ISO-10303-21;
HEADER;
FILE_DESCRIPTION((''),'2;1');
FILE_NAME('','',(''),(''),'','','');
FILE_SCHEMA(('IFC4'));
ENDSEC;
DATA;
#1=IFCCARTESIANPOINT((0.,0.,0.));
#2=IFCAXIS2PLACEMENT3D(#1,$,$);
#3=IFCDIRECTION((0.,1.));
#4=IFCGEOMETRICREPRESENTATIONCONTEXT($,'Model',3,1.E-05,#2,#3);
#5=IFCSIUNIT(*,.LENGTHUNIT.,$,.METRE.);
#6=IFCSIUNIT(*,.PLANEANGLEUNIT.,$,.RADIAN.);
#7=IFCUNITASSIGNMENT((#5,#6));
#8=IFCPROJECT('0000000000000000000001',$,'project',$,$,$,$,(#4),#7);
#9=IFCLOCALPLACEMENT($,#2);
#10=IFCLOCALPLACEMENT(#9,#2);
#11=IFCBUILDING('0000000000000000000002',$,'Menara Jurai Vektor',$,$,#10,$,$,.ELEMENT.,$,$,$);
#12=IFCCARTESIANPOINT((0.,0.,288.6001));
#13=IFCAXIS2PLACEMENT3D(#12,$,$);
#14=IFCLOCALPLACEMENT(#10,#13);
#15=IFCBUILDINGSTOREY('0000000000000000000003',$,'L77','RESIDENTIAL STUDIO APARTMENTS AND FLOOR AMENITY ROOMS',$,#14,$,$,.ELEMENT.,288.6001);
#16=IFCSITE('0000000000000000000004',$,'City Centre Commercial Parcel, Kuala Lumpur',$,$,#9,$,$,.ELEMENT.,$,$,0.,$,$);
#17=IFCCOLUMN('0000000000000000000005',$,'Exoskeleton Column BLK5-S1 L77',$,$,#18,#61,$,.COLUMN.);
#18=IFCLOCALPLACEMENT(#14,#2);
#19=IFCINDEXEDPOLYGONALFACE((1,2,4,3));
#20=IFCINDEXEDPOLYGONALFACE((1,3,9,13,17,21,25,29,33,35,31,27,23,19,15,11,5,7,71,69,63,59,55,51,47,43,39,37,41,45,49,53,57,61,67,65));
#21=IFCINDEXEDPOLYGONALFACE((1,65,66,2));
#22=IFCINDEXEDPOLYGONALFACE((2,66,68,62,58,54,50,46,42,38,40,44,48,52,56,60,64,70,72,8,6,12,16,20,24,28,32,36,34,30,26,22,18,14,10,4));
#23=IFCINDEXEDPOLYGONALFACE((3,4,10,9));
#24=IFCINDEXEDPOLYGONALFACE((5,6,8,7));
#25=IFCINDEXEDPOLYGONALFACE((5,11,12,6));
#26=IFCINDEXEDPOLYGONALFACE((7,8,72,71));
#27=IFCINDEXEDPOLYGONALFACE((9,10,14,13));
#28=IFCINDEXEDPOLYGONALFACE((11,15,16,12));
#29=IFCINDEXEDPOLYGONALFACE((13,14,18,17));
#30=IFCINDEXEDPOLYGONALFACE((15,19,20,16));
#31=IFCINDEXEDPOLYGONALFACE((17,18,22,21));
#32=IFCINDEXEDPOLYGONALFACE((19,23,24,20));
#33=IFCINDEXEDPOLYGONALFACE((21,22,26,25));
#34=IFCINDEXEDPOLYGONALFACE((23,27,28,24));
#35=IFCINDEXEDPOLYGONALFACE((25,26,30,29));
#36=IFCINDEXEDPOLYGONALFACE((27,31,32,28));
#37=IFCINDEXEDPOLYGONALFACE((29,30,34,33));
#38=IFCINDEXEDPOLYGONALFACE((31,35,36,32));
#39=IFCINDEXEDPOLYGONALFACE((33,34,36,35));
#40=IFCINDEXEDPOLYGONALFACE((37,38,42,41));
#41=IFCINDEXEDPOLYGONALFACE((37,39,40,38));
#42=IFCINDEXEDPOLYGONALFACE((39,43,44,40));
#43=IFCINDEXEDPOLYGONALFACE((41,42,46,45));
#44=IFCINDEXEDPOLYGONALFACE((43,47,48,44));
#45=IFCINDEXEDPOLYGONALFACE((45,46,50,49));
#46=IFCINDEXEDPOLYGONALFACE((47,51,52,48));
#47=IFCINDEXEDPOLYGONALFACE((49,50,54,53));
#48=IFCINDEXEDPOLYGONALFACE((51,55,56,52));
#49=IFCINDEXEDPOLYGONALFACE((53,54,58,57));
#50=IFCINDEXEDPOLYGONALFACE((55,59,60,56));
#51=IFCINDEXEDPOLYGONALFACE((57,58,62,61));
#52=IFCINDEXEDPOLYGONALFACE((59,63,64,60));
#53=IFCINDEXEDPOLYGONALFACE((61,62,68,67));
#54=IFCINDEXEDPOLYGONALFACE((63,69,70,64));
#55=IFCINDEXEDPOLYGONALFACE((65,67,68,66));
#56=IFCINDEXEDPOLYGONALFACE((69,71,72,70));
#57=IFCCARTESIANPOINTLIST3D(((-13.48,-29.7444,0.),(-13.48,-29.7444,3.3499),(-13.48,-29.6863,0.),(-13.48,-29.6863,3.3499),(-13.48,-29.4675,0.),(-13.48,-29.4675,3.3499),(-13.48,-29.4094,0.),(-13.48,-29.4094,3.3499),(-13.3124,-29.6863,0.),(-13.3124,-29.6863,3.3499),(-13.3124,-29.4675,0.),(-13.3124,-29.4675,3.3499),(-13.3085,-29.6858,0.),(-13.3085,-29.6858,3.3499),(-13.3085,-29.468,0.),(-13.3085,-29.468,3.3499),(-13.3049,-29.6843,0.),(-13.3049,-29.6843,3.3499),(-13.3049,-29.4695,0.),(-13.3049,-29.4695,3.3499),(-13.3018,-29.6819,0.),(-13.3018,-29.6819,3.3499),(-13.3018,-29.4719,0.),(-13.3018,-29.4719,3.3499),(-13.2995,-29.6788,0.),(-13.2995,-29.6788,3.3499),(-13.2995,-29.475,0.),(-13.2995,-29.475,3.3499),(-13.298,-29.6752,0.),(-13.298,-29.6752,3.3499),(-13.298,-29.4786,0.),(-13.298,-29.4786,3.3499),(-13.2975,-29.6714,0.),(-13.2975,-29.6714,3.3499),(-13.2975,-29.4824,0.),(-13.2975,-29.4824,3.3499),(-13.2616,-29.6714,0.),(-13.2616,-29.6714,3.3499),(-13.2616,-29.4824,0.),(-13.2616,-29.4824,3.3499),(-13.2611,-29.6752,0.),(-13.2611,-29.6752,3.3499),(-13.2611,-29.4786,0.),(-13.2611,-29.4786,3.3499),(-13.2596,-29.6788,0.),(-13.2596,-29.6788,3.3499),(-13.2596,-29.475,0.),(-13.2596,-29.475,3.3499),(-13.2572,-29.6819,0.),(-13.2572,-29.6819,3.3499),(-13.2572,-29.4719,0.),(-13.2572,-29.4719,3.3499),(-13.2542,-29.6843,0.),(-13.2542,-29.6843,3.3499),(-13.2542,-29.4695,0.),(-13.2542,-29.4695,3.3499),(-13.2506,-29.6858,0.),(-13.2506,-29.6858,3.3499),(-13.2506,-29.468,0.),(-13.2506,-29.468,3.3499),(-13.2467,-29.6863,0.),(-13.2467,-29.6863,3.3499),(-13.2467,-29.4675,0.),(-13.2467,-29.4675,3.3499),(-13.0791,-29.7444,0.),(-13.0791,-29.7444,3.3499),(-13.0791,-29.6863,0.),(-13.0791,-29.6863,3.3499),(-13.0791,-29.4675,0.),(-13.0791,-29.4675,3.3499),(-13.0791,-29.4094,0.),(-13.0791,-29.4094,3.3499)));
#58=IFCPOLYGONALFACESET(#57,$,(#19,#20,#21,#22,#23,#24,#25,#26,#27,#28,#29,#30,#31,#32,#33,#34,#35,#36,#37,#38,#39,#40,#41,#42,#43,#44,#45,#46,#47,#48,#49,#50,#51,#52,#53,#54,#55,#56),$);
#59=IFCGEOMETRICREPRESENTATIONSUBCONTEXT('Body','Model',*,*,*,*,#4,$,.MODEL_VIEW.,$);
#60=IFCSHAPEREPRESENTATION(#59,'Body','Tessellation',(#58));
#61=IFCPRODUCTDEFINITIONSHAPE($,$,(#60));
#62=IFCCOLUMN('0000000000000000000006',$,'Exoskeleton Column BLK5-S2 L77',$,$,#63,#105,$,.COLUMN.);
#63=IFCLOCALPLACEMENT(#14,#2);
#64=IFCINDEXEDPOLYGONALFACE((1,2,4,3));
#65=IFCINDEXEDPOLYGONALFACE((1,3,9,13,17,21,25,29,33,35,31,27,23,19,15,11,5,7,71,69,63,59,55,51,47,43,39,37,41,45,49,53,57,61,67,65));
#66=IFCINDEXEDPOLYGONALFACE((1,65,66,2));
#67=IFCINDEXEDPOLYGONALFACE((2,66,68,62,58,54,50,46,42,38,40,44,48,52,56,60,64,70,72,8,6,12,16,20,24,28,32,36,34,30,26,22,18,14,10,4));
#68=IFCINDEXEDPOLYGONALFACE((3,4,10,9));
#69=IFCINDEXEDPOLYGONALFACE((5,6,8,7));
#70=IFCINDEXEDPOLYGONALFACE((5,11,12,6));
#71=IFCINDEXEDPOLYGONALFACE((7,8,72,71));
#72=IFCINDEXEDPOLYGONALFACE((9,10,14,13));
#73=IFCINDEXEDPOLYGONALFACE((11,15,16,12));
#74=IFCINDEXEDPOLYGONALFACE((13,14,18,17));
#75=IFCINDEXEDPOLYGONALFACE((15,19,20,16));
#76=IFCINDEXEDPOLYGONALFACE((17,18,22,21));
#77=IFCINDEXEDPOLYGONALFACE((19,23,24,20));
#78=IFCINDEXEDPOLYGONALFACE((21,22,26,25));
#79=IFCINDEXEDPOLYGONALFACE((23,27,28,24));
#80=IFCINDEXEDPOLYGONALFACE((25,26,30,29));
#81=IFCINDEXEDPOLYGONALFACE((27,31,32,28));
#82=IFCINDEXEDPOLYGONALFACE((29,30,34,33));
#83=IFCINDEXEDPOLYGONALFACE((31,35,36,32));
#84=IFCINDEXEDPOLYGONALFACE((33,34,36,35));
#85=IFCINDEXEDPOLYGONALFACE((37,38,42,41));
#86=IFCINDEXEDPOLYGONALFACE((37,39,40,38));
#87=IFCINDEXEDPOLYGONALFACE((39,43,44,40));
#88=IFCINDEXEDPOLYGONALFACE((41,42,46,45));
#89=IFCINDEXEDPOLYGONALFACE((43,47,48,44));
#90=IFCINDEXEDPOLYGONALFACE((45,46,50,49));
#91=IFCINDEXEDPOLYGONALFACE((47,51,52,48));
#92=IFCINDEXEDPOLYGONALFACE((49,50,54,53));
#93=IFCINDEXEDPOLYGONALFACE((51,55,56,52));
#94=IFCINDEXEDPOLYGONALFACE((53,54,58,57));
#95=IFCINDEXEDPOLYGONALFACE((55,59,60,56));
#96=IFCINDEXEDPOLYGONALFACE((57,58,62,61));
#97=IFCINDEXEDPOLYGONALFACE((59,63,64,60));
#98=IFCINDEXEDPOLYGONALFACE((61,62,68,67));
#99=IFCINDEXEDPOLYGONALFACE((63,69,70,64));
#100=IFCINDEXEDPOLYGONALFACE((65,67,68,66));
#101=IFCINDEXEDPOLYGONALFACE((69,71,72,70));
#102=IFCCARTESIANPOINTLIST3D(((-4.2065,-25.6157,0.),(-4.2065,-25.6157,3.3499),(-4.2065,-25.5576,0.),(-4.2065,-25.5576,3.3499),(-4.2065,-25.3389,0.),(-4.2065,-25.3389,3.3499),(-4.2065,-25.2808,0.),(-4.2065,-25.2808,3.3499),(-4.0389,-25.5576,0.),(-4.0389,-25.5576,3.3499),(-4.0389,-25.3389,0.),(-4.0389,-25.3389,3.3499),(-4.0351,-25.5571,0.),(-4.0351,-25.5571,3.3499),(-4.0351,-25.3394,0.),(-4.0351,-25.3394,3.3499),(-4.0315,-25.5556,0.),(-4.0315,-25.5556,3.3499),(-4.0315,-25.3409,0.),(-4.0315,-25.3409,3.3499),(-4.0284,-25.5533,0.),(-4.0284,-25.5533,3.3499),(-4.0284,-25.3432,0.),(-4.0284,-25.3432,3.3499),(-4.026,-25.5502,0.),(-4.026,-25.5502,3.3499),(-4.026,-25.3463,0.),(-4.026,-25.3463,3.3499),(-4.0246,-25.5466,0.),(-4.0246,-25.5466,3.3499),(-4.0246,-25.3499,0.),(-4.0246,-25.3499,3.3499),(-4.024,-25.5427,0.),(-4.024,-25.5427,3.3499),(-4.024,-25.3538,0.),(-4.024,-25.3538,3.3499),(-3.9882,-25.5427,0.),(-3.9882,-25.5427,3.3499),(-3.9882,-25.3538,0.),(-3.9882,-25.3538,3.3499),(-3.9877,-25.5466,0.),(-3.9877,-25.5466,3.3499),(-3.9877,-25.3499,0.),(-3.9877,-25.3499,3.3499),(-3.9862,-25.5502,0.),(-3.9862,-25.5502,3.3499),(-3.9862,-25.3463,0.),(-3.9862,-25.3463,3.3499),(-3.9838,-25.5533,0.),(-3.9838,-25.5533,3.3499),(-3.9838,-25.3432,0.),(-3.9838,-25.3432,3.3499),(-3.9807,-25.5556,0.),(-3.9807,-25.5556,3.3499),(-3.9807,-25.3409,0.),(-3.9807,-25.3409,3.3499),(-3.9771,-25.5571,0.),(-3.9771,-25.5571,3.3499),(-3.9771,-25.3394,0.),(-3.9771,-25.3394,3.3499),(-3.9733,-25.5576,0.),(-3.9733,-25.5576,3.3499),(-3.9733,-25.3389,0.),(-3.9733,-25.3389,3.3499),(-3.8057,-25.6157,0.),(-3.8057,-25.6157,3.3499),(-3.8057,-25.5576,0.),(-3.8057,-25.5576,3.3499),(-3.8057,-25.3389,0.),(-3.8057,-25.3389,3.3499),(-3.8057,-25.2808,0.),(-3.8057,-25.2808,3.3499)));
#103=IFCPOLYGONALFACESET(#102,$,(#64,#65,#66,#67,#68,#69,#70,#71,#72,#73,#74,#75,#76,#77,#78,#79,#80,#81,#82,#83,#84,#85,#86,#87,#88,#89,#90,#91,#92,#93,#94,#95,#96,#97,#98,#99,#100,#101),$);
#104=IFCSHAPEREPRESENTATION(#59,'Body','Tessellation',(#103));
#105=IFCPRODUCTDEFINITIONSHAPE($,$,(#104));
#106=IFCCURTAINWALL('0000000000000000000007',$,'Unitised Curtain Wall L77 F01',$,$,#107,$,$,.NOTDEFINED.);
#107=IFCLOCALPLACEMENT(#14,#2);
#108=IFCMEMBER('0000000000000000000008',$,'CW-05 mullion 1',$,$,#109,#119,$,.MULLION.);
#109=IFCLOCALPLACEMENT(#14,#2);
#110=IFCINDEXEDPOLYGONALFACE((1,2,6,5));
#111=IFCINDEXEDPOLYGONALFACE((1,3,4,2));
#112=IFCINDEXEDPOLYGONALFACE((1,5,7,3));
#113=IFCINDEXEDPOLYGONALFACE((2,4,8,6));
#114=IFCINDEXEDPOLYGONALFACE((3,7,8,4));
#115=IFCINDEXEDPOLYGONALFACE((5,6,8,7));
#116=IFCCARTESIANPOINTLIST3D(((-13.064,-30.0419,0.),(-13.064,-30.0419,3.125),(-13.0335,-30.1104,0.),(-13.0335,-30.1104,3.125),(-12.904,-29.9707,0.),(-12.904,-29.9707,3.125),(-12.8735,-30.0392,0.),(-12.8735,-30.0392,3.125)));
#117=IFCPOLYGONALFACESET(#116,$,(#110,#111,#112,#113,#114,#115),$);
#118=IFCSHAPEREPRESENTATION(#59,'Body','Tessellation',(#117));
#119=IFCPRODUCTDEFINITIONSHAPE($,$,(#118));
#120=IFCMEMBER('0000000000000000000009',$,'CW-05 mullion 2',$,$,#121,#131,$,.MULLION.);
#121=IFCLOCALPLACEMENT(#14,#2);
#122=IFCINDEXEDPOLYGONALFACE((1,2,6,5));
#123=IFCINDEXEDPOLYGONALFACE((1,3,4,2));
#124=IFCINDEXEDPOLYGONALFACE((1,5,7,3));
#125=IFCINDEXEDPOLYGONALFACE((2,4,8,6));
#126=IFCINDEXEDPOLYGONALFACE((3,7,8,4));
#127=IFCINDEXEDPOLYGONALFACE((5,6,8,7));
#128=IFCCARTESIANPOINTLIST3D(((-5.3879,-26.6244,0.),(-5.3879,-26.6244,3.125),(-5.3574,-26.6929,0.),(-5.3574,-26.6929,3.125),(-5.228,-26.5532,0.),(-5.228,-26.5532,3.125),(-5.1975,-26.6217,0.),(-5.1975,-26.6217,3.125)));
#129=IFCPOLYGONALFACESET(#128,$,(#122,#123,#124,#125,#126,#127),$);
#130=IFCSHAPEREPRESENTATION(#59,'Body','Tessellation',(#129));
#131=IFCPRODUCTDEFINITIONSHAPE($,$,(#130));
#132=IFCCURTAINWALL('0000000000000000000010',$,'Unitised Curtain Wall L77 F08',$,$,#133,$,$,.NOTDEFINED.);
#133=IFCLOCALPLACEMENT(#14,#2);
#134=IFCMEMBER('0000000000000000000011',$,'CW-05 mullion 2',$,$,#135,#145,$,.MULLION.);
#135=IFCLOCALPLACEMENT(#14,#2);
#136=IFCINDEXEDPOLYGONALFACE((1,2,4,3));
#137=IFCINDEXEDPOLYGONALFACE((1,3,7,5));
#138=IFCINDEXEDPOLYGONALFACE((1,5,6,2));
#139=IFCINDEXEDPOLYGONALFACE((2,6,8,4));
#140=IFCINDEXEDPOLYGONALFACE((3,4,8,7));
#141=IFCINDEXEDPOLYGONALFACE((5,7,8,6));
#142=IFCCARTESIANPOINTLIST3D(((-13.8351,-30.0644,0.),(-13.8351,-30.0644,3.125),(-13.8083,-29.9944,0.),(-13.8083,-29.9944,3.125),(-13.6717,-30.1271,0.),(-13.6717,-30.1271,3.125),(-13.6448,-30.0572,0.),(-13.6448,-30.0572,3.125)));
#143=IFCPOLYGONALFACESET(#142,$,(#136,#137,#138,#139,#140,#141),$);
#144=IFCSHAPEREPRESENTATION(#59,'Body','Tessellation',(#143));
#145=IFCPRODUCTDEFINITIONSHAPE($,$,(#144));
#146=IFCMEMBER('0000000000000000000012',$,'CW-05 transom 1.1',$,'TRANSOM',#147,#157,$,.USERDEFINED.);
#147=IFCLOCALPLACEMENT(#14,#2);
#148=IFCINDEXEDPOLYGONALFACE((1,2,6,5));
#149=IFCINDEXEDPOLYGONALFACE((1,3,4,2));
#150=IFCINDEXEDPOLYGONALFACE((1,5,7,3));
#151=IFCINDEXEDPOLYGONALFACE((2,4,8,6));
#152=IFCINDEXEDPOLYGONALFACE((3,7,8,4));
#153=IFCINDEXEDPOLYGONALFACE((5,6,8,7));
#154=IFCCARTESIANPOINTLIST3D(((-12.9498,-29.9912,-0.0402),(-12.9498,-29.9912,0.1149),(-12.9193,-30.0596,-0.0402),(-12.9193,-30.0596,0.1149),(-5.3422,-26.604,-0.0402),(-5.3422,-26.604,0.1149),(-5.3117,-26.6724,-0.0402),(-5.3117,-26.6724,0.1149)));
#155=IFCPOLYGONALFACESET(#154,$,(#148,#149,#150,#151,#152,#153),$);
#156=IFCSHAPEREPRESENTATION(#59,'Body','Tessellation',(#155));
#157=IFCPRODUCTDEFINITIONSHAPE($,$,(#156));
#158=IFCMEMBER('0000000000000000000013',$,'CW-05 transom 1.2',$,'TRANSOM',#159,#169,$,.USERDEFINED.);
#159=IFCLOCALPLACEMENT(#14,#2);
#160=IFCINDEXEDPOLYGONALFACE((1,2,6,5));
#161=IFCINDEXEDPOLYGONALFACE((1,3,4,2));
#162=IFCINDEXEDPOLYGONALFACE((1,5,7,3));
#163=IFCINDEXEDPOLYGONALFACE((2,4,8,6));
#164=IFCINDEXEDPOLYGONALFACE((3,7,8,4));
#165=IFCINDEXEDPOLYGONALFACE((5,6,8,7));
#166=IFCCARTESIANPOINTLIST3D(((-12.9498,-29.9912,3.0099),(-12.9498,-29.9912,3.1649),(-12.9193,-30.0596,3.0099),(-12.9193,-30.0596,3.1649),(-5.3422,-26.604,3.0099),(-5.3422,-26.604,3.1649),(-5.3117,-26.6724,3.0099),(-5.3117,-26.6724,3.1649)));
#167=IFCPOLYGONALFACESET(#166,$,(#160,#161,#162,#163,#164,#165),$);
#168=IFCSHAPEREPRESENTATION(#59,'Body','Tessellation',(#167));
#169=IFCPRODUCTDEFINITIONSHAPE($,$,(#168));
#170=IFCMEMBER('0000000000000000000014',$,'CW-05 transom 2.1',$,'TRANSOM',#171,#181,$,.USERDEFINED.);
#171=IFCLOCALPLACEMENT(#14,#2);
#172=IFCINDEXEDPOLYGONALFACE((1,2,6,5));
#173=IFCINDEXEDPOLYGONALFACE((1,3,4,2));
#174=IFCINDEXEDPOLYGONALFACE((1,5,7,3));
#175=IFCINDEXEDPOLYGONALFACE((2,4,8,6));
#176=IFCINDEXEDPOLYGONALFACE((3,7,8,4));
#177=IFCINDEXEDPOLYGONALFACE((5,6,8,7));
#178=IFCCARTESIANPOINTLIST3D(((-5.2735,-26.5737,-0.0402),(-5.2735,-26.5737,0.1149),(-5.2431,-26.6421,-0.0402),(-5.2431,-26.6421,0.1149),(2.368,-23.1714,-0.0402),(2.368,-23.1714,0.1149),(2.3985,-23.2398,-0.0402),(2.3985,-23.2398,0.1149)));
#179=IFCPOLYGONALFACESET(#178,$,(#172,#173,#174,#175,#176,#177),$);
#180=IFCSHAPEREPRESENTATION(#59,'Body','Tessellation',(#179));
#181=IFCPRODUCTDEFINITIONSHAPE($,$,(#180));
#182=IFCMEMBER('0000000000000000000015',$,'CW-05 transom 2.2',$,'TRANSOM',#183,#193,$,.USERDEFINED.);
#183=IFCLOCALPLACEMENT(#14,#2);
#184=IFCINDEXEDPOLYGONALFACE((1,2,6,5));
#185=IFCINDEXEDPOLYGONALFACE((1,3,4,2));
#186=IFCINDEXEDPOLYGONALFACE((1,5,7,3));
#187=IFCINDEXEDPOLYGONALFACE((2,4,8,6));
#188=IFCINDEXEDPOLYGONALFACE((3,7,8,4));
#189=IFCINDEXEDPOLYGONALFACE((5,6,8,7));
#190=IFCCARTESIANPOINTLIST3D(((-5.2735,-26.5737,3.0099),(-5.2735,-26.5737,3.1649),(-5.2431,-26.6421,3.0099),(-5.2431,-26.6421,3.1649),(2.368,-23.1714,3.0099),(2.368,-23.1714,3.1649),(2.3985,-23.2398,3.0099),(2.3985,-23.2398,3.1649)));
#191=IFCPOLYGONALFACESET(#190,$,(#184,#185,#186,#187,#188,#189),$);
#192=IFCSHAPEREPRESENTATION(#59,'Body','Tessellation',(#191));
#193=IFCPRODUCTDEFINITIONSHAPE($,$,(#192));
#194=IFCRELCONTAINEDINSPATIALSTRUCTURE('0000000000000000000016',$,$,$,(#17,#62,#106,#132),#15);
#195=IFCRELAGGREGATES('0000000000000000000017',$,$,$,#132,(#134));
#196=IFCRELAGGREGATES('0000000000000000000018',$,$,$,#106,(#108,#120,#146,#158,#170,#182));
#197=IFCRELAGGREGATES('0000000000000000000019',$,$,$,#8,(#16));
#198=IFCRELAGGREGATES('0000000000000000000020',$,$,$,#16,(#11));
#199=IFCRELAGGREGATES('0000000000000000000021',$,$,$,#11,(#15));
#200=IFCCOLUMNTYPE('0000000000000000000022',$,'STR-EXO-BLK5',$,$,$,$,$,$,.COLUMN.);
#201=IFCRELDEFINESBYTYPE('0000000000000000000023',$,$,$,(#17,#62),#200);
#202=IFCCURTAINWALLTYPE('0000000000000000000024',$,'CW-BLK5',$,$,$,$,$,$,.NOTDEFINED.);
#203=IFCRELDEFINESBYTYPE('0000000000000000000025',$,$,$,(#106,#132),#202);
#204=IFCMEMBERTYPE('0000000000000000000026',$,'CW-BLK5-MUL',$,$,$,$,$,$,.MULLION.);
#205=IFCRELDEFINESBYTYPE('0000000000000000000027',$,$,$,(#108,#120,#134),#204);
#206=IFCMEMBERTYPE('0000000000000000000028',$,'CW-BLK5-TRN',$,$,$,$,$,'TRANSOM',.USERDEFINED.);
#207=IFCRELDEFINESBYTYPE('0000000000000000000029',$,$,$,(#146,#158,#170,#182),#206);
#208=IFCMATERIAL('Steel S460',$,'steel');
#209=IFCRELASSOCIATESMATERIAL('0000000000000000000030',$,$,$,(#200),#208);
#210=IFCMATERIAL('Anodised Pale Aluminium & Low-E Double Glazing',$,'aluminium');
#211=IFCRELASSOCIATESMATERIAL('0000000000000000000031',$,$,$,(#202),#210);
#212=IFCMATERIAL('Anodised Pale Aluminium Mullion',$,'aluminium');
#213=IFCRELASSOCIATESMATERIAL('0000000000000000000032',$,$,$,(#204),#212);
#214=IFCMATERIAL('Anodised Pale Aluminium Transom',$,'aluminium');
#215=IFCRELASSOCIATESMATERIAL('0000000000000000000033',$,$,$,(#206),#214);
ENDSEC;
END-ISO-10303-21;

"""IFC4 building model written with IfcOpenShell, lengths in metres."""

from ifc_helpers import new_model, si_unit, direction, frame, origin, origin_2d, place, context, subcontext, project, spatial, rectangle, i_section, extrude, material, material_profile, profile_set, type_object, element, aggregate, save


model = new_model("IFC4")

# Units and contexts
model_context = context("Model", 3, precision=1e-05, world=origin(), true_north=direction((0.0, 1.0)))
body_context = subcontext(model_context, "Body", "Model", "MODEL_VIEW")
ifc_project = project(units=[si_unit("LENGTHUNIT", "METRE"), si_unit("PLANEANGLEUNIT", "RADIAN")], contexts=[model_context])

# Site, building, storey
site_placement = place(None, origin())
site = spatial("IfcSite", under=ifc_project, at=site_placement, Name="City Centre Commercial Parcel, Kuala Lumpur", CompositionType="ELEMENT", RefElevation=0.0)
building_placement = place(site_placement, origin())
building = spatial("IfcBuilding", under=site, at=building_placement, Name="Menara Jurai Vektor", CompositionType="ELEMENT")
storey_placement = place(building_placement, frame((0.0, 0.0, 288.6001)))
storey = spatial("IfcBuildingStorey", under=building, at=storey_placement, Name="L77", Description="RESIDENTIAL STUDIO APARTMENTS AND FLOOR AMENITY ROOMS", CompositionType="ELEMENT", Elevation=288.6001)

# Columns
ifc_material_1 = material(Name="Steel S460", Category="steel")
ifc_material_profile_1 = material_profile(ifc_material_1, i_section(OverallWidth=0.4009, OverallDepth=0.335, WebThickness=0.0359, FlangeThickness=0.0581, FilletRadius=0.0149, at=origin_2d()), Name="HD 400x463")
ifc_profile_set_1 = profile_set([ifc_material_profile_1], Name="Steel S460")
column_type = type_object("IfcColumnType", Name="STR-EXO-BLK5", PredefinedType="COLUMN", material=ifc_profile_set_1)
for number, where, z_axis, x_axis, name in (
    (1, (-13.2795, -29.5769, 0.0), (0.0, 0.0, 1.0), (1.0, 0.0, 0.0), "Exoskeleton Column BLK5-S1 L77"),
    (2, (-4.0061, -25.4482, 0.0), (0.0, 0.0, 1.0), (1.0, 0.0, 0.0), "Exoskeleton Column BLK5-S2 L77"),
):
    element("IfcColumn", number, at=place(storey_placement, frame(where, z_axis=z_axis, x_axis=x_axis)), inside=storey, type_object=column_type, Name=name, PredefinedType="COLUMN", context=body_context, shape_type="SweptSolid", body=[
        extrude(i_section(OverallWidth=0.4009, OverallDepth=0.335, WebThickness=0.0359, FlangeThickness=0.0581, FilletRadius=0.0149, at=origin_2d()), origin(), (0.0, 0.0, 1.0), 3.3499),
    ])

# Curtain wall, members
ifc_material_2 = material(Name="Anodised Pale Aluminium & Low-E Double Glazing", Category="aluminium")
curtain_wall_type = type_object("IfcCurtainWallType", Name="CW-BLK5", PredefinedType="NOTDEFINED", material=ifc_material_2)
curtain_wall_1_placement = place(storey_placement, origin())
curtain_wall_1 = element("IfcCurtainWall", 3, at=curtain_wall_1_placement, inside=storey, type_object=curtain_wall_type, Name="Unitised Curtain Wall L77 F01", PredefinedType="NOTDEFINED")
ifc_material_3 = material(Name="Anodised Pale Aluminium Mullion", Category="aluminium")
ifc_material_profile_2 = material_profile(ifc_material_3, rectangle(XDim=0.075, YDim=0.175, at=origin_2d()), Name="ALU MUL 75x175")
ifc_profile_set_2 = profile_set([ifc_material_profile_2], Name="Anodised Pale Aluminium Mullion")
member_type_1 = type_object("IfcMemberType", Name="CW-BLK5-MUL", PredefinedType="MULLION", material=ifc_profile_set_2)
member_1_placement = place(storey_placement, frame((-12.9688, -30.0405, 0.0), z_axis=(0.0, 0.0, 1.0), x_axis=(-0.406735, 0.913546, 0.0)))
member_1 = element("IfcMember", 4, at=member_1_placement, type_object=member_type_1, Name="CW-05 mullion 1", PredefinedType="MULLION", context=body_context, shape_type="SweptSolid", body=[
    extrude(rectangle(XDim=0.075, YDim=0.175, at=origin_2d()), origin(), (0.0, 0.0, 1.0), 3.125),
])
member_2_placement = place(storey_placement, frame((-5.2927, -26.623, 0.0), z_axis=(0.0, 0.0, 1.0), x_axis=(-0.406735, 0.913546, 0.0)))
member_2 = element("IfcMember", 5, at=member_2_placement, type_object=member_type_1, Name="CW-05 mullion 2", PredefinedType="MULLION", context=body_context, shape_type="SweptSolid", body=[
    extrude(rectangle(XDim=0.075, YDim=0.175, at=origin_2d()), origin(), (0.0, 0.0, 1.0), 3.125),
])

# Curtain wall, member
curtain_wall_2_placement = place(storey_placement, origin())
curtain_wall_2 = element("IfcCurtainWall", 6, at=curtain_wall_2_placement, inside=storey, type_object=curtain_wall_type, Name="Unitised Curtain Wall L77 F08", PredefinedType="NOTDEFINED")
member_3_placement = place(storey_placement, frame((-13.74, -30.0608, 0.0), z_axis=(0.0, 0.0, 1.0), x_axis=(0.358374, 0.933578, 0.0)))
member_3 = element("IfcMember", 7, at=member_3_placement, type_object=member_type_1, Name="CW-05 mullion 2", PredefinedType="MULLION", context=body_context, shape_type="SweptSolid", body=[
    extrude(rectangle(XDim=0.075, YDim=0.175, at=origin_2d()), origin(), (0.0, 0.0, 1.0), 3.125),
])
aggregate(curtain_wall_2, [member_3])

# Members
ifc_material_4 = material(Name="Anodised Pale Aluminium Transom", Category="aluminium")
ifc_material_profile_3 = material_profile(ifc_material_4, rectangle(XDim=0.075, YDim=0.155, at=origin_2d()), Name="ALU TRN 75x155")
ifc_profile_set_3 = profile_set([ifc_material_profile_3], Name="Anodised Pale Aluminium Transom")
member_type_2 = type_object("IfcMemberType", Name="CW-BLK5-TRN", ElementType="TRANSOM", PredefinedType="USERDEFINED", material=ifc_profile_set_3)
member_4_placement = place(storey_placement, frame((-12.9346, -30.0254, 0.0374), z_axis=(0.913543, 0.406742, 0.0), x_axis=(-0.406742, 0.913543, 0.0)))
member_4 = element("IfcMember", 8, at=member_4_placement, type_object=member_type_2, Name="CW-05 transom 1.1", ObjectType="TRANSOM", PredefinedType="USERDEFINED", context=body_context, shape_type="SweptSolid", body=[
    extrude(rectangle(XDim=0.075, YDim=0.155, at=origin_2d()), origin(), (0.0, 0.0, 1.0), 8.3276),
])
member_5_placement = place(storey_placement, frame((-12.9346, -30.0254, 3.0874), z_axis=(0.913543, 0.406742, 0.0), x_axis=(-0.406742, 0.913543, 0.0)))
member_5 = element("IfcMember", 9, at=member_5_placement, type_object=member_type_2, Name="CW-05 transom 1.2", ObjectType="TRANSOM", PredefinedType="USERDEFINED", context=body_context, shape_type="SweptSolid", body=[
    extrude(rectangle(XDim=0.075, YDim=0.155, at=origin_2d()), origin(), (0.0, 0.0, 1.0), 8.3276),
])
member_6_placement = place(storey_placement, frame((-5.2583, -26.6079, 0.0374), z_axis=(0.913542, 0.406745, 0.0), x_axis=(-0.406745, 0.913542, 0.0)))
member_6 = element("IfcMember", 10, at=member_6_placement, type_object=member_type_2, Name="CW-05 transom 2.1", ObjectType="TRANSOM", PredefinedType="USERDEFINED", context=body_context, shape_type="SweptSolid", body=[
    extrude(rectangle(XDim=0.075, YDim=0.155, at=origin_2d()), origin(), (0.0, 0.0, 1.0), 8.3647),
])
member_7_placement = place(storey_placement, frame((-5.2583, -26.6079, 3.0874), z_axis=(0.913542, 0.406745, 0.0), x_axis=(-0.406745, 0.913542, 0.0)))
member_7 = element("IfcMember", 11, at=member_7_placement, type_object=member_type_2, Name="CW-05 transom 2.2", ObjectType="TRANSOM", PredefinedType="USERDEFINED", context=body_context, shape_type="SweptSolid", body=[
    extrude(rectangle(XDim=0.075, YDim=0.155, at=origin_2d()), origin(), (0.0, 0.0, 1.0), 8.3647),
])

aggregate(curtain_wall_1, [member_1, member_2, member_4, member_5, member_6, member_7])

save(model, "model.ifc")
